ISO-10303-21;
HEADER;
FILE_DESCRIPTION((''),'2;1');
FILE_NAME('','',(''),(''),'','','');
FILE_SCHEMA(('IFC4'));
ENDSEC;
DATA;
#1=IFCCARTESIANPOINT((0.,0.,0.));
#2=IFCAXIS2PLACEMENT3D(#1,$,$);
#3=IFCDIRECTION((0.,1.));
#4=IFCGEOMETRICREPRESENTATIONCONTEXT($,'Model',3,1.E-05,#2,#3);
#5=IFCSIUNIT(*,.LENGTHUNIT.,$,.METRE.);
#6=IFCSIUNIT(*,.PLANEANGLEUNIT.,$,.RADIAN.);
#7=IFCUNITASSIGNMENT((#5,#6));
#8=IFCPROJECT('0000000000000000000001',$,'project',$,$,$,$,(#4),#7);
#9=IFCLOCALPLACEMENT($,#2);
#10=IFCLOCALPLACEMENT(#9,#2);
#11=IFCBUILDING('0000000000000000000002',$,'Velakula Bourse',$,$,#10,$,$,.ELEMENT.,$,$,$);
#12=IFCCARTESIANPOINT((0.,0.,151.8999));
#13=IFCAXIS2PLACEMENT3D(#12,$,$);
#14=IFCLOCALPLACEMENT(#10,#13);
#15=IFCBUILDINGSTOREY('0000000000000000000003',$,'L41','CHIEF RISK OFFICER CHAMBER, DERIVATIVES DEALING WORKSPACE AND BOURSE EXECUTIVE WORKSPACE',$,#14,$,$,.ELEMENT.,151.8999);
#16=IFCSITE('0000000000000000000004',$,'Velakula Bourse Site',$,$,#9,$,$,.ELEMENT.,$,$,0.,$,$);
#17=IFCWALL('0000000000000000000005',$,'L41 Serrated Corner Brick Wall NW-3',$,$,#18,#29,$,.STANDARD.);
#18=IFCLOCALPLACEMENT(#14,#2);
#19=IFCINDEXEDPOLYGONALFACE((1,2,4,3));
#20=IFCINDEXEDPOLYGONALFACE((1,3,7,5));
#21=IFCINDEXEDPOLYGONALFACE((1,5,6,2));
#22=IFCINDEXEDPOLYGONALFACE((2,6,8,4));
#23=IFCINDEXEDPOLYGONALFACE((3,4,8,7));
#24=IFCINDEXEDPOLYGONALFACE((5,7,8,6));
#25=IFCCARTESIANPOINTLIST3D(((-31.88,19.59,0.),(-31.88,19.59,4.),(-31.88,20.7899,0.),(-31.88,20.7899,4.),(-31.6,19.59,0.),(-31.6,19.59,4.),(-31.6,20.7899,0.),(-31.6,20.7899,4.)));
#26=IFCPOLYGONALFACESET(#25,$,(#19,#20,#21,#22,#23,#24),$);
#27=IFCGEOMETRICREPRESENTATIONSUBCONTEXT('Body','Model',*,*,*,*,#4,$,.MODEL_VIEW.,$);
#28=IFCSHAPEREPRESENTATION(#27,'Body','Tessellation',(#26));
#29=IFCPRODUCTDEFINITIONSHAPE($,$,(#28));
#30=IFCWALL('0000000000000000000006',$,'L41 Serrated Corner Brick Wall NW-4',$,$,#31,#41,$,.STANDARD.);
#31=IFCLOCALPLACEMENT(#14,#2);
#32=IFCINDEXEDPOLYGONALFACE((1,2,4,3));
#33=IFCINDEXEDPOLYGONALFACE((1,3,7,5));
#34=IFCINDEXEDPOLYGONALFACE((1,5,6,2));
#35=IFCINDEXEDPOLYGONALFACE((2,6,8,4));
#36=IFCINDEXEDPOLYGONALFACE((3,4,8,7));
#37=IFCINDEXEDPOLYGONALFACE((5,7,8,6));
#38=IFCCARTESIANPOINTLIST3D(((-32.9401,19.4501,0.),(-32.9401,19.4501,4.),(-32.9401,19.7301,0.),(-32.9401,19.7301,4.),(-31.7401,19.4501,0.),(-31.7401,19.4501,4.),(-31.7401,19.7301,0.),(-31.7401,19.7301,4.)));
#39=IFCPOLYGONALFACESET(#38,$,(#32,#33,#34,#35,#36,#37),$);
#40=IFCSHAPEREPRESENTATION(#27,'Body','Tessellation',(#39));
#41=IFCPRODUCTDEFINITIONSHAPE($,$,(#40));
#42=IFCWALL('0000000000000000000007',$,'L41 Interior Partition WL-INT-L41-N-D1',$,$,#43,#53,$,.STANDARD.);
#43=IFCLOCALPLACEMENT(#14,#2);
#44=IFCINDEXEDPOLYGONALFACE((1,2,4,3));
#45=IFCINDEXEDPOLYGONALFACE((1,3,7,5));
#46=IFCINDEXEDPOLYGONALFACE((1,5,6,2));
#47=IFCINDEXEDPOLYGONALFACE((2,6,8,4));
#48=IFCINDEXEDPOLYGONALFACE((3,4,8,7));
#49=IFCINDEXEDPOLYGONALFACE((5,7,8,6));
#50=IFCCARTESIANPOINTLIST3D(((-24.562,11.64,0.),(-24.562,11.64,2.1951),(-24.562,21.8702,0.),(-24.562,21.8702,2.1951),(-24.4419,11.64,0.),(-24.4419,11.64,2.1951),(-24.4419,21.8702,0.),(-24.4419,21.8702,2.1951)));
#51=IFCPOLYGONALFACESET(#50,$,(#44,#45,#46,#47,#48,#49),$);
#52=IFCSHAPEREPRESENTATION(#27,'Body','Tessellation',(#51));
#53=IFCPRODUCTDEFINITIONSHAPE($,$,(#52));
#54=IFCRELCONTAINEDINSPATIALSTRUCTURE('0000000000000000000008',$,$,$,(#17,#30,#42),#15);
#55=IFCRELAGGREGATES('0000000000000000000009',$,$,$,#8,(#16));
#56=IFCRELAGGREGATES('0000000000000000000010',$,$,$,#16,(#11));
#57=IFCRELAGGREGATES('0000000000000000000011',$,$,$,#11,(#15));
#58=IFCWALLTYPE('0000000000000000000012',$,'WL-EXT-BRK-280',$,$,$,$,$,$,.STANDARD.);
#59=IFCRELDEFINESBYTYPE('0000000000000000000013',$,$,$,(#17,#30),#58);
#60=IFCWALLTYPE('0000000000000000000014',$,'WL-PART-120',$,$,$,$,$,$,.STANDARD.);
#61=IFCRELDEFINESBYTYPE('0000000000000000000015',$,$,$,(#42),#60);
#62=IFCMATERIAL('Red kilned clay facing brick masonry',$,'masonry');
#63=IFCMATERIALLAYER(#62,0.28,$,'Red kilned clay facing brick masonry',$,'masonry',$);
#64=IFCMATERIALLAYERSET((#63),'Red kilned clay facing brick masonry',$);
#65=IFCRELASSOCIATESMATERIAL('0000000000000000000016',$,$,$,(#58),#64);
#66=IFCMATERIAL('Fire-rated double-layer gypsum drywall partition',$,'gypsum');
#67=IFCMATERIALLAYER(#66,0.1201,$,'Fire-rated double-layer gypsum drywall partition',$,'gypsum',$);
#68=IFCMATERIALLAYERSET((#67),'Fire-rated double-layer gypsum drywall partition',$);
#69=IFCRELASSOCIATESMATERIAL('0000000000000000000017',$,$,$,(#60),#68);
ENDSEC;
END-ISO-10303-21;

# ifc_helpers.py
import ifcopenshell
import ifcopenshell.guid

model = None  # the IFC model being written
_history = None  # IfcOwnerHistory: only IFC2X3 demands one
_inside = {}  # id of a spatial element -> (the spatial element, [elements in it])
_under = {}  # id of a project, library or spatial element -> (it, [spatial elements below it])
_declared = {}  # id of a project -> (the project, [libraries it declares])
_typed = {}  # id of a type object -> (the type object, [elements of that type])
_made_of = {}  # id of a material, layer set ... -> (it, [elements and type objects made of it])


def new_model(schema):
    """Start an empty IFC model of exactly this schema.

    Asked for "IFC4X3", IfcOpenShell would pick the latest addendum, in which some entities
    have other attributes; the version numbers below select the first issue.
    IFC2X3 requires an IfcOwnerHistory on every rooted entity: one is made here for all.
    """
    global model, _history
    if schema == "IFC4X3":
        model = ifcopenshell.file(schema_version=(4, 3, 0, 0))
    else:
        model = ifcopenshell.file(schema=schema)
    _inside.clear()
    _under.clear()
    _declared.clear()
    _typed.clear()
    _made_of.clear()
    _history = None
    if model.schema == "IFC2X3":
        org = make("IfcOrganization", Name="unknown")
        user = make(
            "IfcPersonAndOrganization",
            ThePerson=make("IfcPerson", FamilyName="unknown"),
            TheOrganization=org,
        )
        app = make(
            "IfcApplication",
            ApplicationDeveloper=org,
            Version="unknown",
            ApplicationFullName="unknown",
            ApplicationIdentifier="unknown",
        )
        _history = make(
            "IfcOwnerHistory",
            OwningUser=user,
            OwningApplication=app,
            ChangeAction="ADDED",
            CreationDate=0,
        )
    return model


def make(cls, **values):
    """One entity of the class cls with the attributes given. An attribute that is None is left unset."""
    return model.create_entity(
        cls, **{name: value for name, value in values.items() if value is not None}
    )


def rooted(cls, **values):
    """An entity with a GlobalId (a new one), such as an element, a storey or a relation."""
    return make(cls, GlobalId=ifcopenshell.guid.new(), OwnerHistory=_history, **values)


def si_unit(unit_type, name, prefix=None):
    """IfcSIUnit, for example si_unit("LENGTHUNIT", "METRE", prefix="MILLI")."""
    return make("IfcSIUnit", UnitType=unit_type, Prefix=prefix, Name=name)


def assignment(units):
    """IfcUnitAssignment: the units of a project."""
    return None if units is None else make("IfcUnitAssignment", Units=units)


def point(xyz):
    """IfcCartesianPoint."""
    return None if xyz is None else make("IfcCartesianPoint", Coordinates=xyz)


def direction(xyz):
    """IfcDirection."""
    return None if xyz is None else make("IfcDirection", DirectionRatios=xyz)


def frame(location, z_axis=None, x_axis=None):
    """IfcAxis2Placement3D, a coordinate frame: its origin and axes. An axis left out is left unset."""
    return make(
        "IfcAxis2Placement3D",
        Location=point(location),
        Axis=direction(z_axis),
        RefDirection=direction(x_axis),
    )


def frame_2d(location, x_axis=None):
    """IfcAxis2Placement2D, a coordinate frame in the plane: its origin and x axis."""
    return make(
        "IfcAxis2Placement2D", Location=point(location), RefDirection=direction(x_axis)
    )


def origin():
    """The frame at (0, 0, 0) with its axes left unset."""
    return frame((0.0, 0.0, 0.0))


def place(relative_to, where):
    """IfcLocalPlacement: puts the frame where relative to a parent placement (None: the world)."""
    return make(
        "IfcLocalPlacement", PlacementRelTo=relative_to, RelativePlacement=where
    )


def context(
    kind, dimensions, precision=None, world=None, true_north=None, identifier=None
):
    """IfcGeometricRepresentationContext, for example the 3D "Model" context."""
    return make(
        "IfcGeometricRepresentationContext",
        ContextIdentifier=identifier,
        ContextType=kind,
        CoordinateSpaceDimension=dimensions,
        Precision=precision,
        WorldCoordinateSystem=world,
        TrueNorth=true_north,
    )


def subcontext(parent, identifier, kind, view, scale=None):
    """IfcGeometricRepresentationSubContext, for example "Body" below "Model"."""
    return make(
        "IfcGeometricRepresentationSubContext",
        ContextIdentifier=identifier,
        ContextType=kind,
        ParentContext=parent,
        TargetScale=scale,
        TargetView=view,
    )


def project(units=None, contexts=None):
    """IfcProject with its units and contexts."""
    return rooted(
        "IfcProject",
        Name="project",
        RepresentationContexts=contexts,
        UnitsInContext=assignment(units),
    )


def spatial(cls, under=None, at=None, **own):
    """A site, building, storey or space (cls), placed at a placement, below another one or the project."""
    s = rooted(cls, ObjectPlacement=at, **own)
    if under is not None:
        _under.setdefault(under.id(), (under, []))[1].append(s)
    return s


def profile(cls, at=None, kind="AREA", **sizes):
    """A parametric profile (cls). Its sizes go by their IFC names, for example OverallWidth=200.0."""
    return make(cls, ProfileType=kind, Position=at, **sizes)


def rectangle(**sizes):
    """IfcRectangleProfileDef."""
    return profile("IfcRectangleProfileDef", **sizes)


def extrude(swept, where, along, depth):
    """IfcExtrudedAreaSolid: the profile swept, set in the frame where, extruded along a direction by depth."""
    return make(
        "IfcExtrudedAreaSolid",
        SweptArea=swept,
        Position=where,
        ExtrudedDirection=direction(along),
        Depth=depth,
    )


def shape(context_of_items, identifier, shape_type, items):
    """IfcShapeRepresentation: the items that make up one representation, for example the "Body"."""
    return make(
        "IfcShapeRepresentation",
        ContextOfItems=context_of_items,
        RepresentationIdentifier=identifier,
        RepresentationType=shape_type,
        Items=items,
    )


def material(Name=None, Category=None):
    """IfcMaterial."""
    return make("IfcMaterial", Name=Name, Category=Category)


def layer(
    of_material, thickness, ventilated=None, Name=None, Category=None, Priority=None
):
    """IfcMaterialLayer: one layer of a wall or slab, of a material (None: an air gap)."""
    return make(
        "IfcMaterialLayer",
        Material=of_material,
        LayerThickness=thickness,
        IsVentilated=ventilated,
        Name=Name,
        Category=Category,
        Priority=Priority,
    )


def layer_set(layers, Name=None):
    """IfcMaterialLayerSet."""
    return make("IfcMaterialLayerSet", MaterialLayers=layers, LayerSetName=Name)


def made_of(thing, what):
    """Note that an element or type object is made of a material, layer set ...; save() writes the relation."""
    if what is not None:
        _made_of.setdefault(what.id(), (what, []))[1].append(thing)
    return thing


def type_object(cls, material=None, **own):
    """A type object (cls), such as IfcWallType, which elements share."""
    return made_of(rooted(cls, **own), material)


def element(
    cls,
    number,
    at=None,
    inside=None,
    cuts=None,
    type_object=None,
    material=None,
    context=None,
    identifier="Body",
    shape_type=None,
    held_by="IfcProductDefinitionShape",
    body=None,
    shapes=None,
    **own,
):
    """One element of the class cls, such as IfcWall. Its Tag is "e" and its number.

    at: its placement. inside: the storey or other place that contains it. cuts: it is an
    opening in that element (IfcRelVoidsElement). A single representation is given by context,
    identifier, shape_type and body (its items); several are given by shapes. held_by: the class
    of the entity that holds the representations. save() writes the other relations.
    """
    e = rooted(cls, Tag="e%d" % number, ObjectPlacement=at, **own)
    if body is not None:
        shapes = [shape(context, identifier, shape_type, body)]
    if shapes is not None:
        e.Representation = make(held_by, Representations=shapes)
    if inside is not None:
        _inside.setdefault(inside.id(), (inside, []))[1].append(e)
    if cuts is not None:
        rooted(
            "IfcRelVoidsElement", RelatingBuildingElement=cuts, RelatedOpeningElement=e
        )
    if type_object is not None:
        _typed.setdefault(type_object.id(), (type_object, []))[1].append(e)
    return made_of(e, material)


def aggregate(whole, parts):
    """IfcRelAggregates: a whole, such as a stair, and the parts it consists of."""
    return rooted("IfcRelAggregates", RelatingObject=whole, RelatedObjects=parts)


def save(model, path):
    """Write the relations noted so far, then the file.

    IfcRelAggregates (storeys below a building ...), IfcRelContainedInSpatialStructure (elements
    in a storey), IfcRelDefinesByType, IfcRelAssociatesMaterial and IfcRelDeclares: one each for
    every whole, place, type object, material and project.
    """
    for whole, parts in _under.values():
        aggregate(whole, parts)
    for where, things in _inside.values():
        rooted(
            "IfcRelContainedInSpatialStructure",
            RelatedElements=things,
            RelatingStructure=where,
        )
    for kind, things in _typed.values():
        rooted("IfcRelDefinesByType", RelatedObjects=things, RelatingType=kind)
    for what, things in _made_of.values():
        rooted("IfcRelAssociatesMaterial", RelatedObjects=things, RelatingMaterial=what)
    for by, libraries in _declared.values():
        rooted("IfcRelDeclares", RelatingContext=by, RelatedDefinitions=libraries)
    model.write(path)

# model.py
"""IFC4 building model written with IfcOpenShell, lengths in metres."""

from ifc_helpers import new_model, si_unit, direction, frame, frame_2d, origin, place, context, subcontext, project, spatial, rectangle, extrude, material, layer, layer_set, type_object, element, save


model = new_model("IFC4")

# Units and contexts
model_context = context("Model", 3, precision=1e-05, world=origin(), true_north=direction((0.0, 1.0)))
body_context = subcontext(model_context, "Body", "Model", "MODEL_VIEW")
ifc_project = project(units=[si_unit("LENGTHUNIT", "METRE"), si_unit("PLANEANGLEUNIT", "RADIAN")], contexts=[model_context])

# Site, building, storey
site_placement = place(None, origin())
site = spatial("IfcSite", under=ifc_project, at=site_placement, Name="Velakula Bourse Site", CompositionType="ELEMENT", RefElevation=0.0)
building_placement = place(site_placement, origin())
building = spatial("IfcBuilding", under=site, at=building_placement, Name="Velakula Bourse", CompositionType="ELEMENT")
storey_placement = place(building_placement, frame((0.0, 0.0, 151.8999)))
storey = spatial("IfcBuildingStorey", under=building, at=storey_placement, Name="L41", Description="CHIEF RISK OFFICER CHAMBER, DERIVATIVES DEALING WORKSPACE AND BOURSE EXECUTIVE WORKSPACE", CompositionType="ELEMENT", Elevation=151.8999)

# Shared definitions
ifc_material_1 = material(Name="Red kilned clay facing brick masonry", Category="masonry")
ifc_layer_1 = layer(ifc_material_1, 0.28, Name="Red kilned clay facing brick masonry", Category="masonry")
ifc_layer_set_1 = layer_set([ifc_layer_1], Name="Red kilned clay facing brick masonry")
wall_type_1 = type_object("IfcWallType", Name="WL-EXT-BRK-280", PredefinedType="STANDARD", material=ifc_layer_set_1)

# Walls
for number, where, z_axis, x_axis, name in (
    (1, (-31.74, 20.79, 0.0), (0.0, 0.0, 1.0), (0.0, -1.0, 0.0), "L41 Serrated Corner Brick Wall NW-3"),
    (2, (-31.74, 19.5901, 0.0), (0.0, 0.0, 1.0), (-1.0, 0.0, 0.0), "L41 Serrated Corner Brick Wall NW-4"),
):
    element("IfcWall", number, at=place(storey_placement, frame(where, z_axis=z_axis, x_axis=x_axis)), inside=storey, type_object=wall_type_1, Name=name, PredefinedType="STANDARD", context=body_context, shape_type="SweptSolid", body=[
        extrude(rectangle(XDim=1.2, YDim=0.28, at=frame_2d((0.6001, 0.0))), origin(), (0.0, 0.0, 1.0), 4.0),
    ])
ifc_material_2 = material(Name="Fire-rated double-layer gypsum drywall partition", Category="gypsum")
ifc_layer_2 = layer(ifc_material_2, 0.1201, Name="Fire-rated double-layer gypsum drywall partition", Category="gypsum")
ifc_layer_set_2 = layer_set([ifc_layer_2], Name="Fire-rated double-layer gypsum drywall partition")
wall_type_2 = type_object("IfcWallType", Name="WL-PART-120", PredefinedType="STANDARD", material=ifc_layer_set_2)
wall_1_placement = place(storey_placement, frame((-24.502, 11.6399, 0.0), z_axis=(0.0, 0.0, 1.0), x_axis=(0.0, 1.0, 0.0)))
element("IfcWall", 3, at=wall_1_placement, inside=storey, type_object=wall_type_2, Name="L41 Interior Partition WL-INT-L41-N-D1", PredefinedType="STANDARD", context=body_context, shape_type="SweptSolid", body=[
    extrude(rectangle(XDim=10.2302, YDim=0.1201, at=frame_2d((5.1152, 0.0))), origin(), (0.0, 0.0, 1.0), 2.1951),
])

save(model, "model.ifc")
